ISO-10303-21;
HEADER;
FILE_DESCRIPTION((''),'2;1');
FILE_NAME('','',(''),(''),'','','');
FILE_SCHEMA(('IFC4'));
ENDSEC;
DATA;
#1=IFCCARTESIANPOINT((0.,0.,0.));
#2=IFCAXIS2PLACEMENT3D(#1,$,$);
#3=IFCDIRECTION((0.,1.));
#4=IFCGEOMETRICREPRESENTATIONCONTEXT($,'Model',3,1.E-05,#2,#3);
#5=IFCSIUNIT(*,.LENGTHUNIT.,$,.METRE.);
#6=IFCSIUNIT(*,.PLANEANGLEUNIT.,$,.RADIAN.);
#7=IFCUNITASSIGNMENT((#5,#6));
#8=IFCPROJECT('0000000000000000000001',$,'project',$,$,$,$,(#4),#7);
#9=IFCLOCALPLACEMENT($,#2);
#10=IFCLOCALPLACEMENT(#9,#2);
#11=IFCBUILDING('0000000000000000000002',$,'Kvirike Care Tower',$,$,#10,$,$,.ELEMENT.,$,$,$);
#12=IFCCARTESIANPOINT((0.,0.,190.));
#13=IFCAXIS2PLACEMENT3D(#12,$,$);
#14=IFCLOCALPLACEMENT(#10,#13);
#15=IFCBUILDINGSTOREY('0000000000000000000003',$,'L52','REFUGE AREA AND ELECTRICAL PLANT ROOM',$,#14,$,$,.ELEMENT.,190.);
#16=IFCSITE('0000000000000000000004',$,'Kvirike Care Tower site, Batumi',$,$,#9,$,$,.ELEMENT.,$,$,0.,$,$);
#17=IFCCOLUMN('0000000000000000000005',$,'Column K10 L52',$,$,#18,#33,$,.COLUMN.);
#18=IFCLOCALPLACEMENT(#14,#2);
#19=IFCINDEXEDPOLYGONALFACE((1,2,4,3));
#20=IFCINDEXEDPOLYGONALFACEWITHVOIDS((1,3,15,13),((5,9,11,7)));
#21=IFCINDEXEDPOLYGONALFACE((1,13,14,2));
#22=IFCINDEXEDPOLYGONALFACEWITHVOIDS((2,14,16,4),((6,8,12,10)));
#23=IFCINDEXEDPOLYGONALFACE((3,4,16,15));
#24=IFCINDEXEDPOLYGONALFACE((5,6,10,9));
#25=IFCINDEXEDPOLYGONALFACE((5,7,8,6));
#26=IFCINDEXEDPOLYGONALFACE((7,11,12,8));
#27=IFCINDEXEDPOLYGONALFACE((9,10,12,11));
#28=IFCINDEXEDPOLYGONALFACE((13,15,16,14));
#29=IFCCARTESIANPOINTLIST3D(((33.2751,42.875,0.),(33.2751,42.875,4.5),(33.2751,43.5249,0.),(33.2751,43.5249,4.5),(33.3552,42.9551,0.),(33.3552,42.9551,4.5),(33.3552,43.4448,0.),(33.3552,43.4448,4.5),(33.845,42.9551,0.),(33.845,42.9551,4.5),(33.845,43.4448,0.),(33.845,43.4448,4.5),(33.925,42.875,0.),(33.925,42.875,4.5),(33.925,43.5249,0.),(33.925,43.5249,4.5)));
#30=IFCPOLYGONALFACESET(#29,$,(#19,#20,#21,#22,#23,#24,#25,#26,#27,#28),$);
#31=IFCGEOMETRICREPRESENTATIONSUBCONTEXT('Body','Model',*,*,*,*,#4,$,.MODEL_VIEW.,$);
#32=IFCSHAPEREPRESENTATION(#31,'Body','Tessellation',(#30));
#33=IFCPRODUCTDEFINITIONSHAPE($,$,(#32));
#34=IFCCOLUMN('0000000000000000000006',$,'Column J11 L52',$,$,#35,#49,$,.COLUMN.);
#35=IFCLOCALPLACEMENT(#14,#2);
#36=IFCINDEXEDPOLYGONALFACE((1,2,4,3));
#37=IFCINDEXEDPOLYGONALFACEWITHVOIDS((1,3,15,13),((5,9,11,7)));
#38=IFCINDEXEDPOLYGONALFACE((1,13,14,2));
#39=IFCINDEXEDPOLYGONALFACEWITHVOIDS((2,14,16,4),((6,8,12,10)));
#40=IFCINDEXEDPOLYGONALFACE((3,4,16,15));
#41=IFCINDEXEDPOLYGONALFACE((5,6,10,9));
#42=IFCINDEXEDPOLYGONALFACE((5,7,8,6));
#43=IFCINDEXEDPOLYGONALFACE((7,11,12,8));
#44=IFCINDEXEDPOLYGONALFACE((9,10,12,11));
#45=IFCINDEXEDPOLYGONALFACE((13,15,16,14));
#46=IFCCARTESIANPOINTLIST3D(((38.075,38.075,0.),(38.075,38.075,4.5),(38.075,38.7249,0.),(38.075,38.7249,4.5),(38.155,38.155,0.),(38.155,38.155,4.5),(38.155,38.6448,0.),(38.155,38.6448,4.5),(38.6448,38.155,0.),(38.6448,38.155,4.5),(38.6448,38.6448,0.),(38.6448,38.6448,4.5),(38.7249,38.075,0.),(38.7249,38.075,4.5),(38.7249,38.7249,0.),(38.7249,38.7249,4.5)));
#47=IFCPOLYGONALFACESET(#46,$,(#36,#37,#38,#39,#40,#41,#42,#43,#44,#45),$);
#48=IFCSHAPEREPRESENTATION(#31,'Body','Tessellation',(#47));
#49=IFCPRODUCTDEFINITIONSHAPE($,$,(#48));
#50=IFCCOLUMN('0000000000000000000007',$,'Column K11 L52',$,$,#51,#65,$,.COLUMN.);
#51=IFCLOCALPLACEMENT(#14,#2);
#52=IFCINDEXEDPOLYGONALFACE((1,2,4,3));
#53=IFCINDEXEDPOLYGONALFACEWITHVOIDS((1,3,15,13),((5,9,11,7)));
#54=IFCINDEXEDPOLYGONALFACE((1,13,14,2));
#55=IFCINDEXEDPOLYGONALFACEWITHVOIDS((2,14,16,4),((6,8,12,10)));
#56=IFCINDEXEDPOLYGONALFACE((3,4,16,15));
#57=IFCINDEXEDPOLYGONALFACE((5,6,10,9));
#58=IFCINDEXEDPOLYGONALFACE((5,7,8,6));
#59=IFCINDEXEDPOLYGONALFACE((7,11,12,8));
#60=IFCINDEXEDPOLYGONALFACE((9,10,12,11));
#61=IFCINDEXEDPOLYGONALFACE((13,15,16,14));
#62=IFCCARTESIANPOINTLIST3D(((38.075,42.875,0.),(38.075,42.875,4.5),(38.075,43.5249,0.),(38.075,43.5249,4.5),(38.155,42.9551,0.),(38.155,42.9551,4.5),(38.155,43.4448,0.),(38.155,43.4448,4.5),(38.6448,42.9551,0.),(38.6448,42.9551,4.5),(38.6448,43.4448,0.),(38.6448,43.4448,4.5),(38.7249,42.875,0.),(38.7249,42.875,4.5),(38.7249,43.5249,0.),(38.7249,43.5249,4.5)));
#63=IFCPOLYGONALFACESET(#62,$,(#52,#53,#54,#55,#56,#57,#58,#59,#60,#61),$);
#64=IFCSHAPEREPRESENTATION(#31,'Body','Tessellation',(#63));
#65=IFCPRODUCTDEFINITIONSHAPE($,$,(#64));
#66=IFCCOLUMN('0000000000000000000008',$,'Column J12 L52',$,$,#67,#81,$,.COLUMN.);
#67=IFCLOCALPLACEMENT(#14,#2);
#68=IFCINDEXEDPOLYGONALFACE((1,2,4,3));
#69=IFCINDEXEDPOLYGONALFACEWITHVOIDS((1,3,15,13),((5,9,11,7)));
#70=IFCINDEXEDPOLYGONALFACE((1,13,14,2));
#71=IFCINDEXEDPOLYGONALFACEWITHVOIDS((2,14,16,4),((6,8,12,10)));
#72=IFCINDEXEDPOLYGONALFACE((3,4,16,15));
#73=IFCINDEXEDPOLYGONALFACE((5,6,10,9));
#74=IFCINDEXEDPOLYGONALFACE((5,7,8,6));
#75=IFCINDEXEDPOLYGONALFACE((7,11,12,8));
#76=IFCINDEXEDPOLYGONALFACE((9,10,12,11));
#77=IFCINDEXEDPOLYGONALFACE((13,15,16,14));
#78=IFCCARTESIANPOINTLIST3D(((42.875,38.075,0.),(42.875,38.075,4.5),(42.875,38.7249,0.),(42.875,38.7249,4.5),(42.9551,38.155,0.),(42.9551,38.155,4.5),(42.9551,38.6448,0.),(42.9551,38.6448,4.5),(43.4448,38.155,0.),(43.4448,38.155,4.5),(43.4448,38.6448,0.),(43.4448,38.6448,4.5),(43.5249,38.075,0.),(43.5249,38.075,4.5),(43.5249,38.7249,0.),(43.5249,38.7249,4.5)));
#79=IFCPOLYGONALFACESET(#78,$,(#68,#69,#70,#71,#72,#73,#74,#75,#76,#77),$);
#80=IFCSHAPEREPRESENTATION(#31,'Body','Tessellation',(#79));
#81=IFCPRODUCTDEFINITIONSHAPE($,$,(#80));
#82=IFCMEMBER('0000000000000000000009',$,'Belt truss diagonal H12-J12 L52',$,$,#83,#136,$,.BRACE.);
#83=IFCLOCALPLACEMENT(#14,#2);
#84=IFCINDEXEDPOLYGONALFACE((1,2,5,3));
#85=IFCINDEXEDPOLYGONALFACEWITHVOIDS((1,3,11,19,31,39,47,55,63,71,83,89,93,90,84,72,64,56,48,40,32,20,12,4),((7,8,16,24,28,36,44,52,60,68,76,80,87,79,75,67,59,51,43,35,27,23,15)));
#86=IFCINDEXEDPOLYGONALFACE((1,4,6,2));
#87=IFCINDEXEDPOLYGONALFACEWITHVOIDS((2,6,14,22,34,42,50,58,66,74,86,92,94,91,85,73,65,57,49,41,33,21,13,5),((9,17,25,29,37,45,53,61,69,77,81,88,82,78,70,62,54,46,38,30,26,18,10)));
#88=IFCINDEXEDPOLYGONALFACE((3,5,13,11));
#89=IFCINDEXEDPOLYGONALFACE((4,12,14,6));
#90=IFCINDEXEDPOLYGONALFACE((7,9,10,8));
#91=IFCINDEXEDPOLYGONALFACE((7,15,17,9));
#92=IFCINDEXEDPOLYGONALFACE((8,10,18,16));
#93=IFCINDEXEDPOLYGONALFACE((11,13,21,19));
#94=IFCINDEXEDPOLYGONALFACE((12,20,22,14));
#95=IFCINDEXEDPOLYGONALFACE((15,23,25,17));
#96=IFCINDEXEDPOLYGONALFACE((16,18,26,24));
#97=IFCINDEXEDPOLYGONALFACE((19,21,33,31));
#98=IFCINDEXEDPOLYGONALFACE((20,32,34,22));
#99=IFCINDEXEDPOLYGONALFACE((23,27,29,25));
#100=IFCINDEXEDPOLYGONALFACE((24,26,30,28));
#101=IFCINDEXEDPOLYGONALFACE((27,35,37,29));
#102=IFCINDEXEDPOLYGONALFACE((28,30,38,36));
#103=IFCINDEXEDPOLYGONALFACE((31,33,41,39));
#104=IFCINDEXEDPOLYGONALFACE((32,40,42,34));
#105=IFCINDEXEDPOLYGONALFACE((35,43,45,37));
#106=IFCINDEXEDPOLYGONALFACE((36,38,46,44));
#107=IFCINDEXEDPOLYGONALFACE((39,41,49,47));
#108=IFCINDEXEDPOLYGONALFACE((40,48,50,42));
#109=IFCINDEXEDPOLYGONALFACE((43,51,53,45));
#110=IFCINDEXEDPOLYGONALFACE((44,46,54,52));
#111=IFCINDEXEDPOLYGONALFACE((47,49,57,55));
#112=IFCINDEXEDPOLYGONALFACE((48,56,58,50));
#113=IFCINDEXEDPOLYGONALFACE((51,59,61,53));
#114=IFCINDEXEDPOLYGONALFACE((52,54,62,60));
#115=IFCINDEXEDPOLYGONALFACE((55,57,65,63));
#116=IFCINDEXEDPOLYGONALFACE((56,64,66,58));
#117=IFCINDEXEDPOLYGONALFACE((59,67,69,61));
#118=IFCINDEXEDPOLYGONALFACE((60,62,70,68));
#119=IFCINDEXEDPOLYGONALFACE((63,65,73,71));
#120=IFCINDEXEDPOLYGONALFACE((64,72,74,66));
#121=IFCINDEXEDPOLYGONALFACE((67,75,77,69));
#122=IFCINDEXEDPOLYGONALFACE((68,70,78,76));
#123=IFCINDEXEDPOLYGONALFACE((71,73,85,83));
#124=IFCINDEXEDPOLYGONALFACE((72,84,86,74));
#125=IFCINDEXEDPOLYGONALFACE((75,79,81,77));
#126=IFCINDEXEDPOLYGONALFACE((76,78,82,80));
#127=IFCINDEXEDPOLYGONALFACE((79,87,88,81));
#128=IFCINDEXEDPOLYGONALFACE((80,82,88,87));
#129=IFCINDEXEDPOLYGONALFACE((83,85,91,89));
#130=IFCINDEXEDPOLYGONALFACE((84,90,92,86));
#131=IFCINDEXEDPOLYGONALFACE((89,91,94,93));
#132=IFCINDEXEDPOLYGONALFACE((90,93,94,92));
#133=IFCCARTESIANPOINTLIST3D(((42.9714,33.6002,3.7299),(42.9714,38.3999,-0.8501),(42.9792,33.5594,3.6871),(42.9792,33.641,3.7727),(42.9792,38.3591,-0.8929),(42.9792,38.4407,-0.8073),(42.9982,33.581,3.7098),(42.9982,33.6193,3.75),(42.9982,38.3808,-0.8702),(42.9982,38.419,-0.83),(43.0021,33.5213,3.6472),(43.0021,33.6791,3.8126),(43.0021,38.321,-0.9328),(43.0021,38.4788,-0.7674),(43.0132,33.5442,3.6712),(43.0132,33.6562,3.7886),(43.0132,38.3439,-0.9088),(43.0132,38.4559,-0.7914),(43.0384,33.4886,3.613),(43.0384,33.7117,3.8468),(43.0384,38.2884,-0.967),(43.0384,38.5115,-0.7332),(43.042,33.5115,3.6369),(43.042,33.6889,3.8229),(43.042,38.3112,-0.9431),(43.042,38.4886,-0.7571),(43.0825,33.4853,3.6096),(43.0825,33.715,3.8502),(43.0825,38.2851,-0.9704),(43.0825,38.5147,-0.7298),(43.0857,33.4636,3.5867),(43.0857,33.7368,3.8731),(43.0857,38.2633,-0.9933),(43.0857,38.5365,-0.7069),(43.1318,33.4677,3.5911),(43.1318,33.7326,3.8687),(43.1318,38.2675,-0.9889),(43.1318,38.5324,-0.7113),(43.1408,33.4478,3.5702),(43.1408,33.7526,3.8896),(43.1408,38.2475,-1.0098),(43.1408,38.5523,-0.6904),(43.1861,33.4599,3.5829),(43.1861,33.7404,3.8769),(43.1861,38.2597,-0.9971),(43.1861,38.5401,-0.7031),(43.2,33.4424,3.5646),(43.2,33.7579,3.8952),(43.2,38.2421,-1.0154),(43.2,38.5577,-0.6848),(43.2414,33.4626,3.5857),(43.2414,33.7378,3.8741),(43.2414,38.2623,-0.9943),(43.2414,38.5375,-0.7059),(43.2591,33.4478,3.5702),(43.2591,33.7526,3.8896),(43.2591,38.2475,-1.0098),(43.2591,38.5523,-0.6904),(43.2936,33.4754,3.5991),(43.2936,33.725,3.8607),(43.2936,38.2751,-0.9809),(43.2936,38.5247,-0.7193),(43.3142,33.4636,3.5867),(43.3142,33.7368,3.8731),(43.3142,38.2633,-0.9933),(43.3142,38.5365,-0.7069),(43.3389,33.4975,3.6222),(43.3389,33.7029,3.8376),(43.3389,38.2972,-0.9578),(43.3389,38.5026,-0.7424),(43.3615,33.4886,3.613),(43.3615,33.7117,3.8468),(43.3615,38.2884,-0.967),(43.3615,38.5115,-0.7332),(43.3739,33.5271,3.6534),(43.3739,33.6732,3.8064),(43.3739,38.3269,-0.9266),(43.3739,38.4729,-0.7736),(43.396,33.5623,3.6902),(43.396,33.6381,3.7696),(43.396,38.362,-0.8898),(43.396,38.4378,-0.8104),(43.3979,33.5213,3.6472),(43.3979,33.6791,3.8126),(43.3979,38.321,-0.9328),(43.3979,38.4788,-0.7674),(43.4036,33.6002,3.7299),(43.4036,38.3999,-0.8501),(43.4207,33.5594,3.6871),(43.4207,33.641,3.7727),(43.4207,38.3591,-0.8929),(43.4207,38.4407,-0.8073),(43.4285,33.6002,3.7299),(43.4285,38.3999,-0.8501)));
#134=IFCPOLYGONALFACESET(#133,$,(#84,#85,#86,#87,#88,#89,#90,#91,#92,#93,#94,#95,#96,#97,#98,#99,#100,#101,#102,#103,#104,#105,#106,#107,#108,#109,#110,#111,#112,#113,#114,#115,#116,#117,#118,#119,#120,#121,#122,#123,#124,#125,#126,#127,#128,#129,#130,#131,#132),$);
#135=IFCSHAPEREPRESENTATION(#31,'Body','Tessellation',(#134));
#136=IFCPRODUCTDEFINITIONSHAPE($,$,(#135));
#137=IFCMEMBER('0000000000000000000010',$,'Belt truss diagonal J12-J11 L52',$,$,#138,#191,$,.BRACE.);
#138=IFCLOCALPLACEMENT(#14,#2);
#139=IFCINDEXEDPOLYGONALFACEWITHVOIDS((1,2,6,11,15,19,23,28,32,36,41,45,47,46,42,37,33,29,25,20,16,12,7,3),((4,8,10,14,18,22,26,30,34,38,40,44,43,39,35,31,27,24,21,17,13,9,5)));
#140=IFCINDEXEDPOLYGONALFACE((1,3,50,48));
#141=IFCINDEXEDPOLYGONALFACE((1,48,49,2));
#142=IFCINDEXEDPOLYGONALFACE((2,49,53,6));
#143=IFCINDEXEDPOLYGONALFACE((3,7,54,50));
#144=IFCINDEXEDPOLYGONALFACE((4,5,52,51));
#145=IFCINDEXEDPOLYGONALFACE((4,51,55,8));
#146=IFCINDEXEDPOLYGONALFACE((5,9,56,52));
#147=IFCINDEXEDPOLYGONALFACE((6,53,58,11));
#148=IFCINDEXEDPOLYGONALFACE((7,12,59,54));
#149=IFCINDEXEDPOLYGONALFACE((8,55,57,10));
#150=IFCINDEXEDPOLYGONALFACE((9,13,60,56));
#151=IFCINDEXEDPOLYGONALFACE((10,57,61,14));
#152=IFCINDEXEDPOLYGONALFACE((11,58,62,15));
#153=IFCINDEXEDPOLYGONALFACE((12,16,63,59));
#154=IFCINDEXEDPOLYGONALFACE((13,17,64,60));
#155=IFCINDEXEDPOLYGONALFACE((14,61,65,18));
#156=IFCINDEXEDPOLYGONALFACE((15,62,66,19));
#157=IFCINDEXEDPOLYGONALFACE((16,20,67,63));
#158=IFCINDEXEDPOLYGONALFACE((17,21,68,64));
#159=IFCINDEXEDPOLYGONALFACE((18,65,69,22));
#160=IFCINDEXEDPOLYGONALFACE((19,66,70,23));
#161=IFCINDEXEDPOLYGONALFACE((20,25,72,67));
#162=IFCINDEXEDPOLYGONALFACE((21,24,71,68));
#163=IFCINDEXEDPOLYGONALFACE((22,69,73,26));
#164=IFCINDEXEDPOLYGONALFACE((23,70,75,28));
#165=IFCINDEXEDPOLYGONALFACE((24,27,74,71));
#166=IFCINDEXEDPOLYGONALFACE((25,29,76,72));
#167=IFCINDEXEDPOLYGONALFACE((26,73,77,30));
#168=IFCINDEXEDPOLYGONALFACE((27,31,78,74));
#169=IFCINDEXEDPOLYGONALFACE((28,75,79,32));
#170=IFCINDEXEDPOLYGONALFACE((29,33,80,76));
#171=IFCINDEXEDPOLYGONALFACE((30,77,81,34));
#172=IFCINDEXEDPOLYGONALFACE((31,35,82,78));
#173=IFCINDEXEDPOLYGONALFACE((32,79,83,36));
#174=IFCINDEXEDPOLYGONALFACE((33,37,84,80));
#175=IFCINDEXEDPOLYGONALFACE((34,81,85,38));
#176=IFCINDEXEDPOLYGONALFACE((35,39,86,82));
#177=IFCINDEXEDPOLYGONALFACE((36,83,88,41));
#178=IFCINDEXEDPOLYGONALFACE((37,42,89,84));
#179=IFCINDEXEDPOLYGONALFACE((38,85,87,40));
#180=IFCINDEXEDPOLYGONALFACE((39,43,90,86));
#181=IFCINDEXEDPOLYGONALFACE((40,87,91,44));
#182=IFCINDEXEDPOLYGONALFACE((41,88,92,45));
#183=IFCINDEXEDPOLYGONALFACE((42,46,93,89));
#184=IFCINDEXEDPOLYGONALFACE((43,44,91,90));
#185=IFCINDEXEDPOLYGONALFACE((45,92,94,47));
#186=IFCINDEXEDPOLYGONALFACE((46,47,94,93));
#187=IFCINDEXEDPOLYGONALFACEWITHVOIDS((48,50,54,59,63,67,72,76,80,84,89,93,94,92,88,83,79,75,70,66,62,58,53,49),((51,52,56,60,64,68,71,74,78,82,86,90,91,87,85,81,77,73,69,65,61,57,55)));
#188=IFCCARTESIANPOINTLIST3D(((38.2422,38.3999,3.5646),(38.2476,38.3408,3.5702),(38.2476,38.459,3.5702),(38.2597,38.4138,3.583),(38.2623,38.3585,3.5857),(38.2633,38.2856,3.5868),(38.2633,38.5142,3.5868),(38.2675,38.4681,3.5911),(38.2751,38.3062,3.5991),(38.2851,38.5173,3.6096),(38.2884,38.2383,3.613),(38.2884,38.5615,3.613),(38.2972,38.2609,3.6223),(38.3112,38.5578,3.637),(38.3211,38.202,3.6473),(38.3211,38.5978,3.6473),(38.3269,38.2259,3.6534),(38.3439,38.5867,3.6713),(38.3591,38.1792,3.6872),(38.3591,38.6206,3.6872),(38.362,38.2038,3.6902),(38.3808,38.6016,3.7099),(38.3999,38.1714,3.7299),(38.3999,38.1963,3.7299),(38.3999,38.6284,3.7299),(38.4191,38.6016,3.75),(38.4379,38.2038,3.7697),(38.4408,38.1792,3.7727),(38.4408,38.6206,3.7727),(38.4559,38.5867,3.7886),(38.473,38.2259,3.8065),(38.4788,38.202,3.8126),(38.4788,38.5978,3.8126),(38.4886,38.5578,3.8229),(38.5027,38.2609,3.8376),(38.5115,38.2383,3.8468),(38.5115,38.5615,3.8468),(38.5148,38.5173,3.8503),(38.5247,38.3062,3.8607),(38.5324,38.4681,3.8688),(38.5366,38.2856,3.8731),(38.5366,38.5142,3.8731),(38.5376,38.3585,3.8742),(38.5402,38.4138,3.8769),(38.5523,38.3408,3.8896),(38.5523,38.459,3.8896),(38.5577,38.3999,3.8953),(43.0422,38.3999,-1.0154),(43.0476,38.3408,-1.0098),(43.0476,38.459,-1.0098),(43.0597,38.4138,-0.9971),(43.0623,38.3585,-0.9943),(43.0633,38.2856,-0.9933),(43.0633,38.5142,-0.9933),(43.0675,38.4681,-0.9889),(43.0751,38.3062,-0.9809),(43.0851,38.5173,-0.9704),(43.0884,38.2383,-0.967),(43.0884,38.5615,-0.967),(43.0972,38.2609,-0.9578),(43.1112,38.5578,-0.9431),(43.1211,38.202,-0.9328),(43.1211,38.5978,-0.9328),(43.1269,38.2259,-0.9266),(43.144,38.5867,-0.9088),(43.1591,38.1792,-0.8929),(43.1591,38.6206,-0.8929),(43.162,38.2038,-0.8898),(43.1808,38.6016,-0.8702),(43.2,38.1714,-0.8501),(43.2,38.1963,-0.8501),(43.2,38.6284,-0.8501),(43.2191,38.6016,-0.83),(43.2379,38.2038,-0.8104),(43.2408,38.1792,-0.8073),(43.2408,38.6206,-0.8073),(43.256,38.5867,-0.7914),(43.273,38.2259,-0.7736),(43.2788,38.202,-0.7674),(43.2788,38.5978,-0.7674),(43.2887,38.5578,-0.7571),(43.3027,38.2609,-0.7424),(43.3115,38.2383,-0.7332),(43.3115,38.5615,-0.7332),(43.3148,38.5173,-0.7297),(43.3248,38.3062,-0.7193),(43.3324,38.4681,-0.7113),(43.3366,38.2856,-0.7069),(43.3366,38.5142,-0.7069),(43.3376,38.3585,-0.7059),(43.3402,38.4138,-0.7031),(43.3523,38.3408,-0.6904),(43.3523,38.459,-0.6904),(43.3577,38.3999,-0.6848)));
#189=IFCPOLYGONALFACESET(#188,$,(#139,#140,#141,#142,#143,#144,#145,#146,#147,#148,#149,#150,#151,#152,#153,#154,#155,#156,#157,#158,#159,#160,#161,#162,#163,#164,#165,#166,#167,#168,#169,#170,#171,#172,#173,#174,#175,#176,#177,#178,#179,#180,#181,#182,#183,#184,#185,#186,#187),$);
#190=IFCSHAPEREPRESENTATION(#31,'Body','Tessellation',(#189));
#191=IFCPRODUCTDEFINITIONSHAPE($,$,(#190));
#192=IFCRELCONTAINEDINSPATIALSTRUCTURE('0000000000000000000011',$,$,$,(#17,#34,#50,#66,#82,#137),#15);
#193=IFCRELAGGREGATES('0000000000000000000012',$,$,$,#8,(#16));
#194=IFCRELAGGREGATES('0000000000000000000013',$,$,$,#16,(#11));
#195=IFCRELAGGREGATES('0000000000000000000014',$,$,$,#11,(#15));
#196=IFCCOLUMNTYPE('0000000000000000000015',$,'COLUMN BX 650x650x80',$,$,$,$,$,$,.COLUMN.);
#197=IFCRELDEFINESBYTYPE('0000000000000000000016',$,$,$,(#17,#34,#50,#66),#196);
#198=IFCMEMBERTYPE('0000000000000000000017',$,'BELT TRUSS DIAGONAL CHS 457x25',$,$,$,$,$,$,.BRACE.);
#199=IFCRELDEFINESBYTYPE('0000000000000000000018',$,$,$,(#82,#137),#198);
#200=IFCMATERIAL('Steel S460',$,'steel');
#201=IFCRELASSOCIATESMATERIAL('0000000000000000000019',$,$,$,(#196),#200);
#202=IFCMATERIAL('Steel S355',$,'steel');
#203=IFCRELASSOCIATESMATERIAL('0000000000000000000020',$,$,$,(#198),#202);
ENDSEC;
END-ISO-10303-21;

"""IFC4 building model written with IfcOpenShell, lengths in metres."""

from ifc_helpers import new_model, si_unit, direction, frame, origin, origin_2d, place, context, subcontext, project, spatial, hollow_rectangle, hollow_circle, extrude, material, material_profile, profile_set, type_object, element, save


model = new_model("IFC4")

# Units and contexts
model_context = context("Model", 3, precision=1e-05, world=origin(), true_north=direction((0.0, 1.0)))
body_context = subcontext(model_context, "Body", "Model", "MODEL_VIEW")
ifc_project = project(units=[si_unit("LENGTHUNIT", "METRE"), si_unit("PLANEANGLEUNIT", "RADIAN")], contexts=[model_context])

# Site, building, storey
site_placement = place(None, origin())
site = spatial("IfcSite", under=ifc_project, at=site_placement, Name="Kvirike Care Tower site, Batumi", CompositionType="ELEMENT", RefElevation=0.0)
building_placement = place(site_placement, origin())
building = spatial("IfcBuilding", under=site, at=building_placement, Name="Kvirike Care Tower", CompositionType="ELEMENT")
storey_placement = place(building_placement, frame((0.0, 0.0, 190.0)))
storey = spatial("IfcBuildingStorey", under=building, at=storey_placement, Name="L52", Description="REFUGE AREA AND ELECTRICAL PLANT ROOM", CompositionType="ELEMENT", Elevation=190.0)

# Columns
ifc_material_1 = material(Name="Steel S460", Category="steel")
ifc_material_profile_1 = material_profile(ifc_material_1, hollow_rectangle(XDim=0.6499, YDim=0.6499, WallThickness=0.0801, at=origin_2d()), Name="BX 650x650x80")
ifc_profile_set_1 = profile_set([ifc_material_profile_1], Name="Steel S460")
column_type = type_object("IfcColumnType", Name="COLUMN BX 650x650x80", PredefinedType="COLUMN", material=ifc_profile_set_1)
for number, where, z_axis, x_axis, name in (
    (1, (33.6001, 43.2, 0.0), (0.0, 0.0, 1.0), (0.0, 1.0, 0.0), "Column K10 L52"),
    (2, (38.3999, 38.3999, 0.0), (0.0, 0.0, 1.0), (0.0, 1.0, 0.0), "Column J11 L52"),
    (3, (38.3999, 43.2, 0.0), (0.0, 0.0, 1.0), (0.0, 1.0, 0.0), "Column K11 L52"),
    (4, (43.2, 38.3999, 0.0), (0.0, 0.0, 1.0), (0.0, 1.0, 0.0), "Column J12 L52"),
):
    element("IfcColumn", number, at=place(storey_placement, frame(where, z_axis=z_axis, x_axis=x_axis)), inside=storey, type_object=column_type, Name=name, PredefinedType="COLUMN", context=body_context, shape_type="SweptSolid", body=[
        extrude(hollow_rectangle(XDim=0.6499, YDim=0.6499, WallThickness=0.0801, at=origin_2d()), origin(), (0.0, 0.0, 1.0), 4.5),
    ])

# Members
ifc_material_2 = material(Name="Steel S355", Category="steel")
ifc_material_profile_2 = material_profile(ifc_material_2, hollow_circle(Radius=0.2285, WallThickness=0.0249, at=origin_2d()), Name="CHS 457x25")
ifc_profile_set_2 = profile_set([ifc_material_profile_2], Name="Steel S355")
member_type_1 = type_object("IfcMemberType", Name="BELT TRUSS DIAGONAL CHS 457x25", PredefinedType="BRACE", material=ifc_profile_set_2)
member_1_placement = place(storey_placement, frame((43.2, 38.3999, -0.8501), z_axis=(0.0, -0.723472, 0.690353), x_axis=(1.0, 0.0, 0.0)))
element("IfcMember", 5, at=member_1_placement, inside=storey, type_object=member_type_1, Name="Belt truss diagonal H12-J12 L52", PredefinedType="BRACE", context=body_context, shape_type="SweptSolid", body=[
    extrude(hollow_circle(Radius=0.2285, WallThickness=0.0249, at=origin_2d()), origin(), (0.0, 0.0, 1.0), 6.6343),
])
for number, where, z_axis, x_axis, name in (
    (6, (43.2, 38.3999, -0.8501), (-0.72349, 0.0, 0.690335), (0.0, -1.0, 0.0), "Belt truss diagonal J12-J11 L52"),
):
    element("IfcMember", number, at=place(storey_placement, frame(where, z_axis=z_axis, x_axis=x_axis)), inside=storey, type_object=member_type_1, Name=name, PredefinedType="BRACE", context=body_context, shape_type="SweptSolid", body=[
        extrude(hollow_circle(Radius=0.2285, WallThickness=0.0249, at=origin_2d()), origin(), (0.0, 0.0, 1.0), 6.6345),
    ])

save(model, "model.ifc")
